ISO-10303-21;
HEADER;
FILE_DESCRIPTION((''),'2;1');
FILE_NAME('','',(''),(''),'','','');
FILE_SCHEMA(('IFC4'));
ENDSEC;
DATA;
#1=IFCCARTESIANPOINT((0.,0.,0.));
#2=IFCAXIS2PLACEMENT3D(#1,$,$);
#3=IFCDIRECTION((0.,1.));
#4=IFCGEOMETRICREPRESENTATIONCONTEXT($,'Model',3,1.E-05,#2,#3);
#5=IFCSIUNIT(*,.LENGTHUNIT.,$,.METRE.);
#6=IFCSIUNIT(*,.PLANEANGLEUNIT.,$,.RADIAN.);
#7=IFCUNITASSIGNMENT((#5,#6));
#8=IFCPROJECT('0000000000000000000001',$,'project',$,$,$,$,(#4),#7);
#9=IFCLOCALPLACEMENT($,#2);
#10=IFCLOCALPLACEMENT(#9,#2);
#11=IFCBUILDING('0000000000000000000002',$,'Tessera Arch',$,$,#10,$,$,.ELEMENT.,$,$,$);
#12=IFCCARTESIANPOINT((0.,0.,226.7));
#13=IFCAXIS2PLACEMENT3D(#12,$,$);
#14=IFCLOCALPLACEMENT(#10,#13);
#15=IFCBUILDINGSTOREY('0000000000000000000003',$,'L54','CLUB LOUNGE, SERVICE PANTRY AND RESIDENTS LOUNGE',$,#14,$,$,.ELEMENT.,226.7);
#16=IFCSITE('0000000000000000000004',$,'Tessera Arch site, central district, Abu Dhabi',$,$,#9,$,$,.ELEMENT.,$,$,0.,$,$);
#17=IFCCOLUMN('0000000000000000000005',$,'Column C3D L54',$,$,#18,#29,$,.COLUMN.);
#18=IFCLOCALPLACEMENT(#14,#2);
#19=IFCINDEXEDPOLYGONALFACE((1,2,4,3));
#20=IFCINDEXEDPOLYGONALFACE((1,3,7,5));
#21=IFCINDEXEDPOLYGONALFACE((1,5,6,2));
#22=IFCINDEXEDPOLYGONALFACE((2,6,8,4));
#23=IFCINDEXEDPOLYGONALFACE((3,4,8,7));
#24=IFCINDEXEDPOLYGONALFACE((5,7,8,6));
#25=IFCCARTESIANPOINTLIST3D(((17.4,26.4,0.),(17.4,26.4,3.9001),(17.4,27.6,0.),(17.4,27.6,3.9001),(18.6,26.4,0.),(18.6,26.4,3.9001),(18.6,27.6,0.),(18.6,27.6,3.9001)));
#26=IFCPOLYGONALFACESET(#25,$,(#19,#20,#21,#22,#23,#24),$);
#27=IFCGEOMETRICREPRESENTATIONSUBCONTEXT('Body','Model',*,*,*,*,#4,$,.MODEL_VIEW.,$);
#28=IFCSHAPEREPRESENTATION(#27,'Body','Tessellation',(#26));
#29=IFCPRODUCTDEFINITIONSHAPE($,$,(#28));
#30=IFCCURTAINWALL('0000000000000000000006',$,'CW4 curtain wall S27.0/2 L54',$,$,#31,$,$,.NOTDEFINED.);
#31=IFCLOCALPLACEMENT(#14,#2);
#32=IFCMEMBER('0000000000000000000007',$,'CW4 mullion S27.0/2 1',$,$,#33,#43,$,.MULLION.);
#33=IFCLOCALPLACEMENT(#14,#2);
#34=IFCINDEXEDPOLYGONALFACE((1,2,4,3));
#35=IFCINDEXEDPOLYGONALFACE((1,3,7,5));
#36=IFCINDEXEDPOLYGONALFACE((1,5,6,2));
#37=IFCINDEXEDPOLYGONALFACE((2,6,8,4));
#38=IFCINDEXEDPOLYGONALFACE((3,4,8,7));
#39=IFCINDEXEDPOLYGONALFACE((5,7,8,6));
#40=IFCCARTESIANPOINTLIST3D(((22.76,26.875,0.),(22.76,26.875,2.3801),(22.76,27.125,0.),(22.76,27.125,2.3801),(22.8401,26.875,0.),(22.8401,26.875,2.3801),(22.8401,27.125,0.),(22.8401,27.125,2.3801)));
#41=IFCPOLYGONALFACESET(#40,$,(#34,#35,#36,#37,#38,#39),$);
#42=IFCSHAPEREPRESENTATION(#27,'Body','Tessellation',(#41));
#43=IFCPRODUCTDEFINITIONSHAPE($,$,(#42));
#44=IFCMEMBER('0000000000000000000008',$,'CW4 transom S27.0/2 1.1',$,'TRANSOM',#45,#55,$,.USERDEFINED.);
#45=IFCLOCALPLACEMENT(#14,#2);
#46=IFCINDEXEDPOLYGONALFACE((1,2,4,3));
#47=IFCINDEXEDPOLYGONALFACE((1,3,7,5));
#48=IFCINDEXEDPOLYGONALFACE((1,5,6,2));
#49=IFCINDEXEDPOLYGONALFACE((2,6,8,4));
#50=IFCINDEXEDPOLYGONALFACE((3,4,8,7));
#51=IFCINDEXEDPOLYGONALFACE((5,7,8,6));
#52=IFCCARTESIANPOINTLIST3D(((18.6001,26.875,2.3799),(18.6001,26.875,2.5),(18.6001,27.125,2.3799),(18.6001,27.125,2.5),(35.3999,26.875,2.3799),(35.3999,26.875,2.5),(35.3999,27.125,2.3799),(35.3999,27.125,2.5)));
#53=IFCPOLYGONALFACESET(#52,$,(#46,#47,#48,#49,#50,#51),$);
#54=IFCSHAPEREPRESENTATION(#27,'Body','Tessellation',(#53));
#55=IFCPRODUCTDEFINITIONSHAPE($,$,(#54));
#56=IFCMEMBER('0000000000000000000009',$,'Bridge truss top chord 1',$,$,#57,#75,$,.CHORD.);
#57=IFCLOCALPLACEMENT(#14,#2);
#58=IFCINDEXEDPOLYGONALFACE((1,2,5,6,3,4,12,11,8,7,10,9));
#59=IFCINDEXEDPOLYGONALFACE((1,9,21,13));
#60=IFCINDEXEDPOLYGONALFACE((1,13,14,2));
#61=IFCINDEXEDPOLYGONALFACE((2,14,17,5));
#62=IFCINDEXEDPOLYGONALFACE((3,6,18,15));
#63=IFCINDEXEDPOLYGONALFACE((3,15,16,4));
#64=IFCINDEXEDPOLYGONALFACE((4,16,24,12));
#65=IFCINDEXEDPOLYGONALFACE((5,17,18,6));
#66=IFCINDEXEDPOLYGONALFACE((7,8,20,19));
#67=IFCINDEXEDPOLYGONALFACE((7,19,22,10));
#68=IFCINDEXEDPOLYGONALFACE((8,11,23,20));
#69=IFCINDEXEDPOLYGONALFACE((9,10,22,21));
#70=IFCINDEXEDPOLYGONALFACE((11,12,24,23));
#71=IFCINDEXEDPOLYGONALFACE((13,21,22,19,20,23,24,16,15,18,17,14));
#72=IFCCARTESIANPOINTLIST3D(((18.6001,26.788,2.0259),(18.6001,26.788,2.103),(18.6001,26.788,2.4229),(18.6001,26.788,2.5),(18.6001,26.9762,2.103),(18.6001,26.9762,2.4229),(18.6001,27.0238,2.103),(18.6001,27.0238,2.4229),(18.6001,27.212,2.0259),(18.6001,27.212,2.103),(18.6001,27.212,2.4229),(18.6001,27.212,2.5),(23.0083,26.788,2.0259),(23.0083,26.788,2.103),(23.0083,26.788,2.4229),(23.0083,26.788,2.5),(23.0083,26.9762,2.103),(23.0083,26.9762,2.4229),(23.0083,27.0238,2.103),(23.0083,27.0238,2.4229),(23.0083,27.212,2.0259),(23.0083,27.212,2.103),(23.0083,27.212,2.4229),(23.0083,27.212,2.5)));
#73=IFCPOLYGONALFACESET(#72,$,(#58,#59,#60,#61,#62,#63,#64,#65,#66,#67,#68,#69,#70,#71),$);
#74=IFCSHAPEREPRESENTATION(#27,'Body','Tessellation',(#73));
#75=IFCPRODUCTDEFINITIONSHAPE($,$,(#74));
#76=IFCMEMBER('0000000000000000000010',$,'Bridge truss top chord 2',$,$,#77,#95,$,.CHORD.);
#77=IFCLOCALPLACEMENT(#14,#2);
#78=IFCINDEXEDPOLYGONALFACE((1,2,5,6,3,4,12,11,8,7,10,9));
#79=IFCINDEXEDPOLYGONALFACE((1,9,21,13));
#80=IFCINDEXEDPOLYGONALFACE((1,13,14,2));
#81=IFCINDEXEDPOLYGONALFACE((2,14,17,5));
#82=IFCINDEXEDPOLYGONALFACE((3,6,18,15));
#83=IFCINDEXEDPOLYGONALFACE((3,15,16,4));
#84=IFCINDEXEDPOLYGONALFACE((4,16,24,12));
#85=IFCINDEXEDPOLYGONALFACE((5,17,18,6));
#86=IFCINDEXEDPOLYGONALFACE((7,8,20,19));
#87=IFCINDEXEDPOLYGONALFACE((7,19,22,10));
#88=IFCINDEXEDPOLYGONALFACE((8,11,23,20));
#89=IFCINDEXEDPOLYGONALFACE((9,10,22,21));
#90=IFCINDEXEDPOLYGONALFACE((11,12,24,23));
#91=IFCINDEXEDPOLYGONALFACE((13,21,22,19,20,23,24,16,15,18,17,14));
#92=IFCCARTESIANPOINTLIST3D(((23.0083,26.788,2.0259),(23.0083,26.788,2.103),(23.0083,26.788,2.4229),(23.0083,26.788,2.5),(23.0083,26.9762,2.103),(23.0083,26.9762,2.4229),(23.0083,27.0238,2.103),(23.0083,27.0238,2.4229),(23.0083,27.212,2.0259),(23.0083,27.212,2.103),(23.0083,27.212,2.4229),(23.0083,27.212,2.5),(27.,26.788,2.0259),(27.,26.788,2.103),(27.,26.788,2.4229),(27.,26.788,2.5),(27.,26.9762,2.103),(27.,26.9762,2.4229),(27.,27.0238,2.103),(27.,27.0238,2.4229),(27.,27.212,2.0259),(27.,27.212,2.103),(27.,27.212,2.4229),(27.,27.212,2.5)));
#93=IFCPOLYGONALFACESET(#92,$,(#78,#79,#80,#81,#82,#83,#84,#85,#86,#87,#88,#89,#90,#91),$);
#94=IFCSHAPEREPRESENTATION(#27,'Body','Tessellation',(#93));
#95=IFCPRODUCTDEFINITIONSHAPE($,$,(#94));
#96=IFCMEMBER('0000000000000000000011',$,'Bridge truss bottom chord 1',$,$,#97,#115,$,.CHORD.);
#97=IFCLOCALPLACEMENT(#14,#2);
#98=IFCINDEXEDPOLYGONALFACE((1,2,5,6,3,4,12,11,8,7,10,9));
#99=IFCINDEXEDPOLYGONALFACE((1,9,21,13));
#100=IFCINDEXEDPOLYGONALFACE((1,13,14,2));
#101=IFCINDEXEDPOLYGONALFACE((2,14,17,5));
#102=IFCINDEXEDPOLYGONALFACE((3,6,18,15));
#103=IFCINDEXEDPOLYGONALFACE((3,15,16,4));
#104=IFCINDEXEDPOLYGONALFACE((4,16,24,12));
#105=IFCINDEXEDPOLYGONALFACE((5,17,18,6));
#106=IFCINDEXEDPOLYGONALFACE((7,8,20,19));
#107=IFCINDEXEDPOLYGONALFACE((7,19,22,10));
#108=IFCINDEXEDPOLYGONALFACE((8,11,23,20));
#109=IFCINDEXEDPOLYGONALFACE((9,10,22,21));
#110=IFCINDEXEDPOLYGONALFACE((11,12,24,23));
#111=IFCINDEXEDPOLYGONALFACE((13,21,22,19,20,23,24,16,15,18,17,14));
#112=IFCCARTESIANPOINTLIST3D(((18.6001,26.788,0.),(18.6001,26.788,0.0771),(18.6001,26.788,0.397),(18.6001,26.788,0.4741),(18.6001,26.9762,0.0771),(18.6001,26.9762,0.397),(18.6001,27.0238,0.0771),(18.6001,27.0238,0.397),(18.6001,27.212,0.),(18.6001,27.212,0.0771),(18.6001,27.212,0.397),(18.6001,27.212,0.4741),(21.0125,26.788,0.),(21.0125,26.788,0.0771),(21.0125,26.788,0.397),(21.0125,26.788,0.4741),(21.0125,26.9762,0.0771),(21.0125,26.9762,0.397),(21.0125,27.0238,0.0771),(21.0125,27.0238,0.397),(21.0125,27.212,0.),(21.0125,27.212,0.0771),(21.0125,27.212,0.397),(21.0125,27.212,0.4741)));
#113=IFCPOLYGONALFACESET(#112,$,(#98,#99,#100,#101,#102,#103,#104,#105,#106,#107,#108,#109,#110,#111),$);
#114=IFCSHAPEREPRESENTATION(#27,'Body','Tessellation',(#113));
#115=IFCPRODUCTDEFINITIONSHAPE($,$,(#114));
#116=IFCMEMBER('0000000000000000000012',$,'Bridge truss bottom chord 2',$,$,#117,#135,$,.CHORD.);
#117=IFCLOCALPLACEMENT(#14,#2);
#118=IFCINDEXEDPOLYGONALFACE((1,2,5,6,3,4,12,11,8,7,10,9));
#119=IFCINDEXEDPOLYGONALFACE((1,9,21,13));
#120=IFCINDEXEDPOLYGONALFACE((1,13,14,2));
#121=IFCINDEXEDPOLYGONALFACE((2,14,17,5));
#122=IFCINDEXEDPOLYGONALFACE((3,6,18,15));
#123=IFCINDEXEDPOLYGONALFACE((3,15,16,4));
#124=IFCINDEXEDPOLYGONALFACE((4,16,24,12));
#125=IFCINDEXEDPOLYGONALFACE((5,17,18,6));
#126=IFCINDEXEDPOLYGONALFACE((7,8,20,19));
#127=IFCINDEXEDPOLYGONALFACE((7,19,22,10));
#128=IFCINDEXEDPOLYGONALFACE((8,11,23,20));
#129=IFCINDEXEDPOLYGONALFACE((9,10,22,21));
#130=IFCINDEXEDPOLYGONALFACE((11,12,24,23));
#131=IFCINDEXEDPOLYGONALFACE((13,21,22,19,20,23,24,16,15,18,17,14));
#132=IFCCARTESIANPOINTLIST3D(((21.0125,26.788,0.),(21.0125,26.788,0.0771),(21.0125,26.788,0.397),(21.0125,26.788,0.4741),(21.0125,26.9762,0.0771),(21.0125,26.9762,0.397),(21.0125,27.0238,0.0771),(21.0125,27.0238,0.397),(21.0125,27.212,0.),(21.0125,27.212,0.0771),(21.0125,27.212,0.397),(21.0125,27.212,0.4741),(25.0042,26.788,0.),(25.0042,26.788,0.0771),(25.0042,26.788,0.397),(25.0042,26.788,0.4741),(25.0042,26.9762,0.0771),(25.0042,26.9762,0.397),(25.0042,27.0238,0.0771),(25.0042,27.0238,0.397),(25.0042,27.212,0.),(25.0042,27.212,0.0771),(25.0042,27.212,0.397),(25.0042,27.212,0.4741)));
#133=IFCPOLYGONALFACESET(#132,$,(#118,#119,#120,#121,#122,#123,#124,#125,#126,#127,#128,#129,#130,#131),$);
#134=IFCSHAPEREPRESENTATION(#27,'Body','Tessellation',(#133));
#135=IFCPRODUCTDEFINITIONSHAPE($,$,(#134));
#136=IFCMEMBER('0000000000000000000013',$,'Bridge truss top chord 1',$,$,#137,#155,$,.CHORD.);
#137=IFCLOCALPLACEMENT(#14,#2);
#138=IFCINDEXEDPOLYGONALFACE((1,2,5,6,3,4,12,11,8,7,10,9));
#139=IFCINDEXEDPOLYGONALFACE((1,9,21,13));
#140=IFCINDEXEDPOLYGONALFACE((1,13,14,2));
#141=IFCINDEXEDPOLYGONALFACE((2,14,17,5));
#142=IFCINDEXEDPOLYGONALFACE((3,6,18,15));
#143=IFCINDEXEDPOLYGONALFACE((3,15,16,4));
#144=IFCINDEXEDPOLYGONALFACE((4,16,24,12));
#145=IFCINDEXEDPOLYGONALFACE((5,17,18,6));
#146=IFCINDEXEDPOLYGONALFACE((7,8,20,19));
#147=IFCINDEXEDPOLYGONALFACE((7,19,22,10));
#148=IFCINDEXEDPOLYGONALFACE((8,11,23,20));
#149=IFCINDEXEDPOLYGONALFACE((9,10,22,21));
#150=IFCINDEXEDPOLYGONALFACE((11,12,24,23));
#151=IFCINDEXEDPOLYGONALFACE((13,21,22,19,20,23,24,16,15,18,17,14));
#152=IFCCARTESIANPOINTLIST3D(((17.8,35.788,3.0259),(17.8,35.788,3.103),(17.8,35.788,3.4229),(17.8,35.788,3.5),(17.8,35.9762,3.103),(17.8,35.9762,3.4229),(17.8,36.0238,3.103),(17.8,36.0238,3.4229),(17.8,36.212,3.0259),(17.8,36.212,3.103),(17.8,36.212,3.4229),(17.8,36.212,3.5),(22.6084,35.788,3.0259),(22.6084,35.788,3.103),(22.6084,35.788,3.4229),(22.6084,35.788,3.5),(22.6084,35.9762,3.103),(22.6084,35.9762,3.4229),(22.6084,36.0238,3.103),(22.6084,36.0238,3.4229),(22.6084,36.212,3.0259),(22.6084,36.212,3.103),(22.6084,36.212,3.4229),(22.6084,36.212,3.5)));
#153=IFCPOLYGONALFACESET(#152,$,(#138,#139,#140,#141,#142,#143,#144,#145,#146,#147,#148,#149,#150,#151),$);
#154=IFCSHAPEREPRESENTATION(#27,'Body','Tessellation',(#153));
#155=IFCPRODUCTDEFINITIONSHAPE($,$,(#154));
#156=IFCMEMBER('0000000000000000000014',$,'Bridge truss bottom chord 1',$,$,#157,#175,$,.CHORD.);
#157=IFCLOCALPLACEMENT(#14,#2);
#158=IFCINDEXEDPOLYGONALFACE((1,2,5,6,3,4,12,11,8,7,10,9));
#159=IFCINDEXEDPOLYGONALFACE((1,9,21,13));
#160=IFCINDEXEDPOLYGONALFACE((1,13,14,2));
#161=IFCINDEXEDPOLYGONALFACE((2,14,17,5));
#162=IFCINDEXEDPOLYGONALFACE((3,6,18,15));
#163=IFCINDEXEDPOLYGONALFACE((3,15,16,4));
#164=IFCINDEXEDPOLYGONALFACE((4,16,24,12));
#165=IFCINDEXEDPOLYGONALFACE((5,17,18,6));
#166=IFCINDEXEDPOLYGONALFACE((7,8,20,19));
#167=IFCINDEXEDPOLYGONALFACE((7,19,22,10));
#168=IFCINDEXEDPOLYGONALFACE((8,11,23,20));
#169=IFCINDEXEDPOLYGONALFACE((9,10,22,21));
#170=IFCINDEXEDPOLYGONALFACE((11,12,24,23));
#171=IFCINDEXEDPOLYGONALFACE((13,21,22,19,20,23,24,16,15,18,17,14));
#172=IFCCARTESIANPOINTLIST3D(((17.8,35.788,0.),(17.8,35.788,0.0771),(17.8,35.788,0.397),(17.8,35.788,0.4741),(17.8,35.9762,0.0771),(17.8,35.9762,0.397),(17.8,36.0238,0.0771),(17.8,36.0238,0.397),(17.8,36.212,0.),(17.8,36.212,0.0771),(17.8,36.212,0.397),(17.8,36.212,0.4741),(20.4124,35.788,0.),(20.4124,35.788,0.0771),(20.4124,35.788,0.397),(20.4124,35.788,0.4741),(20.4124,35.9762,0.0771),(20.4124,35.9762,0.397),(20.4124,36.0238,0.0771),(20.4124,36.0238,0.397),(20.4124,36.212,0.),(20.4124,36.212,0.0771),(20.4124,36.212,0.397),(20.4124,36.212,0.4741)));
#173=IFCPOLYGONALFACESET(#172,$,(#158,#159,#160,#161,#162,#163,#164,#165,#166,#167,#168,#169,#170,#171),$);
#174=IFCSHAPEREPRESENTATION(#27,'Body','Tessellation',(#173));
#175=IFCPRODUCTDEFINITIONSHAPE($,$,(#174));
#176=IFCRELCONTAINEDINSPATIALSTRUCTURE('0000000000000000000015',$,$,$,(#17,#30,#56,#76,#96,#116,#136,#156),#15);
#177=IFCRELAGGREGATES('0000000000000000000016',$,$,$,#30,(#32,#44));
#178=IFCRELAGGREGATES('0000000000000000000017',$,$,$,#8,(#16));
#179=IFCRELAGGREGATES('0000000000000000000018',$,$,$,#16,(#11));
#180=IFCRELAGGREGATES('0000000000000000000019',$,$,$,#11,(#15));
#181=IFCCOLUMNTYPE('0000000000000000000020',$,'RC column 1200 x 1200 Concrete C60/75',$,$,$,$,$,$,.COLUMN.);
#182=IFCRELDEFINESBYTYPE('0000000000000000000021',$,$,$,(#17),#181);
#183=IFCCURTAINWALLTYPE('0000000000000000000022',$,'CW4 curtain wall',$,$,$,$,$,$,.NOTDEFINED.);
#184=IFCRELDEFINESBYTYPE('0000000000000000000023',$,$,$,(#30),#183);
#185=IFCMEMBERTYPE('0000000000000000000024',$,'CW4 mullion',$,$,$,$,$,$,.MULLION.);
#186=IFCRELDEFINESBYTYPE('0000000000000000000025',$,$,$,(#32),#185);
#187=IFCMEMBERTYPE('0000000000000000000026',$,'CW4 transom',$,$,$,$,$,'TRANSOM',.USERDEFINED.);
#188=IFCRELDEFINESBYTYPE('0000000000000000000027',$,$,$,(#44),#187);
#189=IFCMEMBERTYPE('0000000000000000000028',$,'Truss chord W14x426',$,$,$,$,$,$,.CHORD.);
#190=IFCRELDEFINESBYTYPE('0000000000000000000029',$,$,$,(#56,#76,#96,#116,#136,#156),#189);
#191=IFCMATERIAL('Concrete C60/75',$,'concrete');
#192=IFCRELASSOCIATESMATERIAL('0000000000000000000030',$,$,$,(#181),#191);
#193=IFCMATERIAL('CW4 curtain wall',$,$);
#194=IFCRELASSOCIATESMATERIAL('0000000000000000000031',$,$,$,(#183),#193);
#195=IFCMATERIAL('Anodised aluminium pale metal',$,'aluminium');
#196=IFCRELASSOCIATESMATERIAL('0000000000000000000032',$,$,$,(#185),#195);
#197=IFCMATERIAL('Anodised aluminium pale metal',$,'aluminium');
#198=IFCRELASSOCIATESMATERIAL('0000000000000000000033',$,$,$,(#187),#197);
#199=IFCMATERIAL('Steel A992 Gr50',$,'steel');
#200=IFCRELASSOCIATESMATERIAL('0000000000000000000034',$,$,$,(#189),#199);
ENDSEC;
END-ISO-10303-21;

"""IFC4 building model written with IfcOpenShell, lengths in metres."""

from ifc_helpers import new_model, si_unit, direction, frame, origin, origin_2d, place, context, subcontext, project, spatial, rectangle, i_section, extrude, material, material_profile, profile_set, type_object, element, aggregate, save


model = new_model("IFC4")

# Units and contexts
model_context = context("Model", 3, precision=1e-05, world=origin(), true_north=direction((0.0, 1.0)))
body_context = subcontext(model_context, "Body", "Model", "MODEL_VIEW")
ifc_project = project(units=[si_unit("LENGTHUNIT", "METRE"), si_unit("PLANEANGLEUNIT", "RADIAN")], contexts=[model_context])

# Site, building, storey
site_placement = place(None, origin())
site = spatial("IfcSite", under=ifc_project, at=site_placement, Name="Tessera Arch site, central district, Abu Dhabi", CompositionType="ELEMENT", RefElevation=0.0)
building_placement = place(site_placement, origin())
building = spatial("IfcBuilding", under=site, at=building_placement, Name="Tessera Arch", CompositionType="ELEMENT")
storey_placement = place(building_placement, frame((0.0, 0.0, 226.7)))
storey = spatial("IfcBuildingStorey", under=building, at=storey_placement, Name="L54", Description="CLUB LOUNGE, SERVICE PANTRY AND RESIDENTS LOUNGE", CompositionType="ELEMENT", Elevation=226.7)

# Column
ifc_material_1 = material(Name="Concrete C60/75", Category="concrete")
ifc_material_profile_1 = material_profile(ifc_material_1, rectangle(XDim=1.2, YDim=1.2, at=origin_2d()), Name="RC column 1200 x 1200 Concrete C60/75")
ifc_profile_set_1 = profile_set([ifc_material_profile_1], Name="Concrete C60/75")
column_type = type_object("IfcColumnType", Name="RC column 1200 x 1200 Concrete C60/75", PredefinedType="COLUMN", material=ifc_profile_set_1)
column_placement = place(storey_placement, frame((18.0, 27.0, 0.0), z_axis=(0.0, 0.0, 1.0), x_axis=(1.0, 0.0, 0.0)))
element("IfcColumn", 1, at=column_placement, inside=storey, type_object=column_type, Name="Column C3D L54", PredefinedType="COLUMN", context=body_context, shape_type="SweptSolid", body=[
    extrude(rectangle(XDim=1.2, YDim=1.2, at=origin_2d()), origin(), (0.0, 0.0, 1.0), 3.9001),
])

# Curtain wall, members
ifc_material_2 = material(Name="CW4 curtain wall")
curtain_wall_type = type_object("IfcCurtainWallType", Name="CW4 curtain wall", PredefinedType="NOTDEFINED", material=ifc_material_2)
curtain_wall_placement = place(storey_placement, origin())
curtain_wall = element("IfcCurtainWall", 2, at=curtain_wall_placement, inside=storey, type_object=curtain_wall_type, Name="CW4 curtain wall S27.0/2 L54", PredefinedType="NOTDEFINED")
ifc_material_3 = material(Name="Anodised aluminium pale metal", Category="aluminium")
ifc_material_profile_2 = material_profile(ifc_material_3, rectangle(XDim=0.25, YDim=0.0801, at=origin_2d()), Name="AL 80x250")
ifc_profile_set_2 = profile_set([ifc_material_profile_2], Name="Anodised aluminium pale metal")
member_type_1 = type_object("IfcMemberType", Name="CW4 mullion", PredefinedType="MULLION", material=ifc_profile_set_2)
member_1_placement = place(storey_placement, frame((22.8, 27.0, 0.0), z_axis=(0.0, 0.0, 1.0), x_axis=(0.0, 1.0, 0.0)))
member_1 = element("IfcMember", 3, at=member_1_placement, type_object=member_type_1, Name="CW4 mullion S27.0/2 1", PredefinedType="MULLION", context=body_context, shape_type="SweptSolid", body=[
    extrude(rectangle(XDim=0.25, YDim=0.0801, at=origin_2d()), origin(), (0.0, 0.0, 1.0), 2.3801),
])
ifc_material_4 = material(Name="Anodised aluminium pale metal", Category="aluminium")
ifc_material_profile_3 = material_profile(ifc_material_4, rectangle(XDim=0.25, YDim=0.1201, at=origin_2d()), Name="AL 250x120")
ifc_profile_set_3 = profile_set([ifc_material_profile_3], Name="Anodised aluminium pale metal")
member_type_2 = type_object("IfcMemberType", Name="CW4 transom", ElementType="TRANSOM", PredefinedType="USERDEFINED", material=ifc_profile_set_3)
member_2_placement = place(storey_placement, frame((18.6001, 27.0, 2.4399), z_axis=(1.0, 0.0, 0.0), x_axis=(0.0, 1.0, 0.0)))
member_2 = element("IfcMember", 4, at=member_2_placement, type_object=member_type_2, Name="CW4 transom S27.0/2 1.1", ObjectType="TRANSOM", PredefinedType="USERDEFINED", context=body_context, shape_type="SweptSolid", body=[
    extrude(rectangle(XDim=0.25, YDim=0.1201, at=origin_2d()), origin(), (0.0, 0.0, 1.0), 16.7998),
])
aggregate(curtain_wall, [member_1, member_2])

# Members
ifc_material_5 = material(Name="Steel A992 Gr50", Category="steel")
ifc_material_profile_4 = material_profile(ifc_material_5, i_section(OverallWidth=0.4241, OverallDepth=0.4741, WebThickness=0.0476, FlangeThickness=0.0771, at=origin_2d()), Name="W14x426")
ifc_profile_set_4 = profile_set([ifc_material_profile_4], Name="Steel A992 Gr50")
member_type_3 = type_object("IfcMemberType", Name="Truss chord W14x426", PredefinedType="CHORD", material=ifc_profile_set_4)
member_3_placement = place(storey_placement, frame((18.6001, 27.0, 2.2629), z_axis=(1.0, 0.0, 0.0), x_axis=(0.0, 1.0, 0.0)))
element("IfcMember", 5, at=member_3_placement, inside=storey, type_object=member_type_3, Name="Bridge truss top chord 1", PredefinedType="CHORD", context=body_context, shape_type="SweptSolid", body=[
    extrude(i_section(OverallWidth=0.4241, OverallDepth=0.4741, WebThickness=0.0476, FlangeThickness=0.0771, at=origin_2d()), origin(), (0.0, 0.0, 1.0), 4.4082),
])
member_4_placement = place(storey_placement, frame((23.0083, 27.0, 2.2629), z_axis=(1.0, 0.0, 0.0), x_axis=(0.0, 1.0, 0.0)))
element("IfcMember", 6, at=member_4_placement, inside=storey, type_object=member_type_3, Name="Bridge truss top chord 2", PredefinedType="CHORD", context=body_context, shape_type="SweptSolid", body=[
    extrude(i_section(OverallWidth=0.4241, OverallDepth=0.4741, WebThickness=0.0476, FlangeThickness=0.0771, at=origin_2d()), origin(), (0.0, 0.0, 1.0), 3.9917),
])
member_5_placement = place(storey_placement, frame((18.6001, 27.0, 0.2371), z_axis=(1.0, 0.0, 0.0), x_axis=(0.0, 1.0, 0.0)))
element("IfcMember", 7, at=member_5_placement, inside=storey, type_object=member_type_3, Name="Bridge truss bottom chord 1", PredefinedType="CHORD", context=body_context, shape_type="SweptSolid", body=[
    extrude(i_section(OverallWidth=0.4241, OverallDepth=0.4741, WebThickness=0.0476, FlangeThickness=0.0771, at=origin_2d()), origin(), (0.0, 0.0, 1.0), 2.4124),
])
member_6_placement = place(storey_placement, frame((21.0125, 27.0, 0.2371), z_axis=(1.0, 0.0, 0.0), x_axis=(0.0, 1.0, 0.0)))
element("IfcMember", 8, at=member_6_placement, inside=storey, type_object=member_type_3, Name="Bridge truss bottom chord 2", PredefinedType="CHORD", context=body_context, shape_type="SweptSolid", body=[
    extrude(i_section(OverallWidth=0.4241, OverallDepth=0.4741, WebThickness=0.0476, FlangeThickness=0.0771, at=origin_2d()), origin(), (0.0, 0.0, 1.0), 3.9917),
])
member_7_placement = place(storey_placement, frame((17.8, 36.0, 3.2629), z_axis=(1.0, 0.0, 0.0), x_axis=(0.0, 1.0, 0.0)))
element("IfcMember", 9, at=member_7_placement, inside=storey, type_object=member_type_3, Name="Bridge truss top chord 1", PredefinedType="CHORD", context=body_context, shape_type="SweptSolid", body=[
    extrude(i_section(OverallWidth=0.4241, OverallDepth=0.4741, WebThickness=0.0476, FlangeThickness=0.0771, at=origin_2d()), origin(), (0.0, 0.0, 1.0), 4.8083),
])
member_8_placement = place(storey_placement, frame((17.8, 36.0, 0.2371), z_axis=(1.0, 0.0, 0.0), x_axis=(0.0, 1.0, 0.0)))
element("IfcMember", 10, at=member_8_placement, inside=storey, type_object=member_type_3, Name="Bridge truss bottom chord 1", PredefinedType="CHORD", context=body_context, shape_type="SweptSolid", body=[
    extrude(i_section(OverallWidth=0.4241, OverallDepth=0.4741, WebThickness=0.0476, FlangeThickness=0.0771, at=origin_2d()), origin(), (0.0, 0.0, 1.0), 2.6123),
])

save(model, "model.ifc")
